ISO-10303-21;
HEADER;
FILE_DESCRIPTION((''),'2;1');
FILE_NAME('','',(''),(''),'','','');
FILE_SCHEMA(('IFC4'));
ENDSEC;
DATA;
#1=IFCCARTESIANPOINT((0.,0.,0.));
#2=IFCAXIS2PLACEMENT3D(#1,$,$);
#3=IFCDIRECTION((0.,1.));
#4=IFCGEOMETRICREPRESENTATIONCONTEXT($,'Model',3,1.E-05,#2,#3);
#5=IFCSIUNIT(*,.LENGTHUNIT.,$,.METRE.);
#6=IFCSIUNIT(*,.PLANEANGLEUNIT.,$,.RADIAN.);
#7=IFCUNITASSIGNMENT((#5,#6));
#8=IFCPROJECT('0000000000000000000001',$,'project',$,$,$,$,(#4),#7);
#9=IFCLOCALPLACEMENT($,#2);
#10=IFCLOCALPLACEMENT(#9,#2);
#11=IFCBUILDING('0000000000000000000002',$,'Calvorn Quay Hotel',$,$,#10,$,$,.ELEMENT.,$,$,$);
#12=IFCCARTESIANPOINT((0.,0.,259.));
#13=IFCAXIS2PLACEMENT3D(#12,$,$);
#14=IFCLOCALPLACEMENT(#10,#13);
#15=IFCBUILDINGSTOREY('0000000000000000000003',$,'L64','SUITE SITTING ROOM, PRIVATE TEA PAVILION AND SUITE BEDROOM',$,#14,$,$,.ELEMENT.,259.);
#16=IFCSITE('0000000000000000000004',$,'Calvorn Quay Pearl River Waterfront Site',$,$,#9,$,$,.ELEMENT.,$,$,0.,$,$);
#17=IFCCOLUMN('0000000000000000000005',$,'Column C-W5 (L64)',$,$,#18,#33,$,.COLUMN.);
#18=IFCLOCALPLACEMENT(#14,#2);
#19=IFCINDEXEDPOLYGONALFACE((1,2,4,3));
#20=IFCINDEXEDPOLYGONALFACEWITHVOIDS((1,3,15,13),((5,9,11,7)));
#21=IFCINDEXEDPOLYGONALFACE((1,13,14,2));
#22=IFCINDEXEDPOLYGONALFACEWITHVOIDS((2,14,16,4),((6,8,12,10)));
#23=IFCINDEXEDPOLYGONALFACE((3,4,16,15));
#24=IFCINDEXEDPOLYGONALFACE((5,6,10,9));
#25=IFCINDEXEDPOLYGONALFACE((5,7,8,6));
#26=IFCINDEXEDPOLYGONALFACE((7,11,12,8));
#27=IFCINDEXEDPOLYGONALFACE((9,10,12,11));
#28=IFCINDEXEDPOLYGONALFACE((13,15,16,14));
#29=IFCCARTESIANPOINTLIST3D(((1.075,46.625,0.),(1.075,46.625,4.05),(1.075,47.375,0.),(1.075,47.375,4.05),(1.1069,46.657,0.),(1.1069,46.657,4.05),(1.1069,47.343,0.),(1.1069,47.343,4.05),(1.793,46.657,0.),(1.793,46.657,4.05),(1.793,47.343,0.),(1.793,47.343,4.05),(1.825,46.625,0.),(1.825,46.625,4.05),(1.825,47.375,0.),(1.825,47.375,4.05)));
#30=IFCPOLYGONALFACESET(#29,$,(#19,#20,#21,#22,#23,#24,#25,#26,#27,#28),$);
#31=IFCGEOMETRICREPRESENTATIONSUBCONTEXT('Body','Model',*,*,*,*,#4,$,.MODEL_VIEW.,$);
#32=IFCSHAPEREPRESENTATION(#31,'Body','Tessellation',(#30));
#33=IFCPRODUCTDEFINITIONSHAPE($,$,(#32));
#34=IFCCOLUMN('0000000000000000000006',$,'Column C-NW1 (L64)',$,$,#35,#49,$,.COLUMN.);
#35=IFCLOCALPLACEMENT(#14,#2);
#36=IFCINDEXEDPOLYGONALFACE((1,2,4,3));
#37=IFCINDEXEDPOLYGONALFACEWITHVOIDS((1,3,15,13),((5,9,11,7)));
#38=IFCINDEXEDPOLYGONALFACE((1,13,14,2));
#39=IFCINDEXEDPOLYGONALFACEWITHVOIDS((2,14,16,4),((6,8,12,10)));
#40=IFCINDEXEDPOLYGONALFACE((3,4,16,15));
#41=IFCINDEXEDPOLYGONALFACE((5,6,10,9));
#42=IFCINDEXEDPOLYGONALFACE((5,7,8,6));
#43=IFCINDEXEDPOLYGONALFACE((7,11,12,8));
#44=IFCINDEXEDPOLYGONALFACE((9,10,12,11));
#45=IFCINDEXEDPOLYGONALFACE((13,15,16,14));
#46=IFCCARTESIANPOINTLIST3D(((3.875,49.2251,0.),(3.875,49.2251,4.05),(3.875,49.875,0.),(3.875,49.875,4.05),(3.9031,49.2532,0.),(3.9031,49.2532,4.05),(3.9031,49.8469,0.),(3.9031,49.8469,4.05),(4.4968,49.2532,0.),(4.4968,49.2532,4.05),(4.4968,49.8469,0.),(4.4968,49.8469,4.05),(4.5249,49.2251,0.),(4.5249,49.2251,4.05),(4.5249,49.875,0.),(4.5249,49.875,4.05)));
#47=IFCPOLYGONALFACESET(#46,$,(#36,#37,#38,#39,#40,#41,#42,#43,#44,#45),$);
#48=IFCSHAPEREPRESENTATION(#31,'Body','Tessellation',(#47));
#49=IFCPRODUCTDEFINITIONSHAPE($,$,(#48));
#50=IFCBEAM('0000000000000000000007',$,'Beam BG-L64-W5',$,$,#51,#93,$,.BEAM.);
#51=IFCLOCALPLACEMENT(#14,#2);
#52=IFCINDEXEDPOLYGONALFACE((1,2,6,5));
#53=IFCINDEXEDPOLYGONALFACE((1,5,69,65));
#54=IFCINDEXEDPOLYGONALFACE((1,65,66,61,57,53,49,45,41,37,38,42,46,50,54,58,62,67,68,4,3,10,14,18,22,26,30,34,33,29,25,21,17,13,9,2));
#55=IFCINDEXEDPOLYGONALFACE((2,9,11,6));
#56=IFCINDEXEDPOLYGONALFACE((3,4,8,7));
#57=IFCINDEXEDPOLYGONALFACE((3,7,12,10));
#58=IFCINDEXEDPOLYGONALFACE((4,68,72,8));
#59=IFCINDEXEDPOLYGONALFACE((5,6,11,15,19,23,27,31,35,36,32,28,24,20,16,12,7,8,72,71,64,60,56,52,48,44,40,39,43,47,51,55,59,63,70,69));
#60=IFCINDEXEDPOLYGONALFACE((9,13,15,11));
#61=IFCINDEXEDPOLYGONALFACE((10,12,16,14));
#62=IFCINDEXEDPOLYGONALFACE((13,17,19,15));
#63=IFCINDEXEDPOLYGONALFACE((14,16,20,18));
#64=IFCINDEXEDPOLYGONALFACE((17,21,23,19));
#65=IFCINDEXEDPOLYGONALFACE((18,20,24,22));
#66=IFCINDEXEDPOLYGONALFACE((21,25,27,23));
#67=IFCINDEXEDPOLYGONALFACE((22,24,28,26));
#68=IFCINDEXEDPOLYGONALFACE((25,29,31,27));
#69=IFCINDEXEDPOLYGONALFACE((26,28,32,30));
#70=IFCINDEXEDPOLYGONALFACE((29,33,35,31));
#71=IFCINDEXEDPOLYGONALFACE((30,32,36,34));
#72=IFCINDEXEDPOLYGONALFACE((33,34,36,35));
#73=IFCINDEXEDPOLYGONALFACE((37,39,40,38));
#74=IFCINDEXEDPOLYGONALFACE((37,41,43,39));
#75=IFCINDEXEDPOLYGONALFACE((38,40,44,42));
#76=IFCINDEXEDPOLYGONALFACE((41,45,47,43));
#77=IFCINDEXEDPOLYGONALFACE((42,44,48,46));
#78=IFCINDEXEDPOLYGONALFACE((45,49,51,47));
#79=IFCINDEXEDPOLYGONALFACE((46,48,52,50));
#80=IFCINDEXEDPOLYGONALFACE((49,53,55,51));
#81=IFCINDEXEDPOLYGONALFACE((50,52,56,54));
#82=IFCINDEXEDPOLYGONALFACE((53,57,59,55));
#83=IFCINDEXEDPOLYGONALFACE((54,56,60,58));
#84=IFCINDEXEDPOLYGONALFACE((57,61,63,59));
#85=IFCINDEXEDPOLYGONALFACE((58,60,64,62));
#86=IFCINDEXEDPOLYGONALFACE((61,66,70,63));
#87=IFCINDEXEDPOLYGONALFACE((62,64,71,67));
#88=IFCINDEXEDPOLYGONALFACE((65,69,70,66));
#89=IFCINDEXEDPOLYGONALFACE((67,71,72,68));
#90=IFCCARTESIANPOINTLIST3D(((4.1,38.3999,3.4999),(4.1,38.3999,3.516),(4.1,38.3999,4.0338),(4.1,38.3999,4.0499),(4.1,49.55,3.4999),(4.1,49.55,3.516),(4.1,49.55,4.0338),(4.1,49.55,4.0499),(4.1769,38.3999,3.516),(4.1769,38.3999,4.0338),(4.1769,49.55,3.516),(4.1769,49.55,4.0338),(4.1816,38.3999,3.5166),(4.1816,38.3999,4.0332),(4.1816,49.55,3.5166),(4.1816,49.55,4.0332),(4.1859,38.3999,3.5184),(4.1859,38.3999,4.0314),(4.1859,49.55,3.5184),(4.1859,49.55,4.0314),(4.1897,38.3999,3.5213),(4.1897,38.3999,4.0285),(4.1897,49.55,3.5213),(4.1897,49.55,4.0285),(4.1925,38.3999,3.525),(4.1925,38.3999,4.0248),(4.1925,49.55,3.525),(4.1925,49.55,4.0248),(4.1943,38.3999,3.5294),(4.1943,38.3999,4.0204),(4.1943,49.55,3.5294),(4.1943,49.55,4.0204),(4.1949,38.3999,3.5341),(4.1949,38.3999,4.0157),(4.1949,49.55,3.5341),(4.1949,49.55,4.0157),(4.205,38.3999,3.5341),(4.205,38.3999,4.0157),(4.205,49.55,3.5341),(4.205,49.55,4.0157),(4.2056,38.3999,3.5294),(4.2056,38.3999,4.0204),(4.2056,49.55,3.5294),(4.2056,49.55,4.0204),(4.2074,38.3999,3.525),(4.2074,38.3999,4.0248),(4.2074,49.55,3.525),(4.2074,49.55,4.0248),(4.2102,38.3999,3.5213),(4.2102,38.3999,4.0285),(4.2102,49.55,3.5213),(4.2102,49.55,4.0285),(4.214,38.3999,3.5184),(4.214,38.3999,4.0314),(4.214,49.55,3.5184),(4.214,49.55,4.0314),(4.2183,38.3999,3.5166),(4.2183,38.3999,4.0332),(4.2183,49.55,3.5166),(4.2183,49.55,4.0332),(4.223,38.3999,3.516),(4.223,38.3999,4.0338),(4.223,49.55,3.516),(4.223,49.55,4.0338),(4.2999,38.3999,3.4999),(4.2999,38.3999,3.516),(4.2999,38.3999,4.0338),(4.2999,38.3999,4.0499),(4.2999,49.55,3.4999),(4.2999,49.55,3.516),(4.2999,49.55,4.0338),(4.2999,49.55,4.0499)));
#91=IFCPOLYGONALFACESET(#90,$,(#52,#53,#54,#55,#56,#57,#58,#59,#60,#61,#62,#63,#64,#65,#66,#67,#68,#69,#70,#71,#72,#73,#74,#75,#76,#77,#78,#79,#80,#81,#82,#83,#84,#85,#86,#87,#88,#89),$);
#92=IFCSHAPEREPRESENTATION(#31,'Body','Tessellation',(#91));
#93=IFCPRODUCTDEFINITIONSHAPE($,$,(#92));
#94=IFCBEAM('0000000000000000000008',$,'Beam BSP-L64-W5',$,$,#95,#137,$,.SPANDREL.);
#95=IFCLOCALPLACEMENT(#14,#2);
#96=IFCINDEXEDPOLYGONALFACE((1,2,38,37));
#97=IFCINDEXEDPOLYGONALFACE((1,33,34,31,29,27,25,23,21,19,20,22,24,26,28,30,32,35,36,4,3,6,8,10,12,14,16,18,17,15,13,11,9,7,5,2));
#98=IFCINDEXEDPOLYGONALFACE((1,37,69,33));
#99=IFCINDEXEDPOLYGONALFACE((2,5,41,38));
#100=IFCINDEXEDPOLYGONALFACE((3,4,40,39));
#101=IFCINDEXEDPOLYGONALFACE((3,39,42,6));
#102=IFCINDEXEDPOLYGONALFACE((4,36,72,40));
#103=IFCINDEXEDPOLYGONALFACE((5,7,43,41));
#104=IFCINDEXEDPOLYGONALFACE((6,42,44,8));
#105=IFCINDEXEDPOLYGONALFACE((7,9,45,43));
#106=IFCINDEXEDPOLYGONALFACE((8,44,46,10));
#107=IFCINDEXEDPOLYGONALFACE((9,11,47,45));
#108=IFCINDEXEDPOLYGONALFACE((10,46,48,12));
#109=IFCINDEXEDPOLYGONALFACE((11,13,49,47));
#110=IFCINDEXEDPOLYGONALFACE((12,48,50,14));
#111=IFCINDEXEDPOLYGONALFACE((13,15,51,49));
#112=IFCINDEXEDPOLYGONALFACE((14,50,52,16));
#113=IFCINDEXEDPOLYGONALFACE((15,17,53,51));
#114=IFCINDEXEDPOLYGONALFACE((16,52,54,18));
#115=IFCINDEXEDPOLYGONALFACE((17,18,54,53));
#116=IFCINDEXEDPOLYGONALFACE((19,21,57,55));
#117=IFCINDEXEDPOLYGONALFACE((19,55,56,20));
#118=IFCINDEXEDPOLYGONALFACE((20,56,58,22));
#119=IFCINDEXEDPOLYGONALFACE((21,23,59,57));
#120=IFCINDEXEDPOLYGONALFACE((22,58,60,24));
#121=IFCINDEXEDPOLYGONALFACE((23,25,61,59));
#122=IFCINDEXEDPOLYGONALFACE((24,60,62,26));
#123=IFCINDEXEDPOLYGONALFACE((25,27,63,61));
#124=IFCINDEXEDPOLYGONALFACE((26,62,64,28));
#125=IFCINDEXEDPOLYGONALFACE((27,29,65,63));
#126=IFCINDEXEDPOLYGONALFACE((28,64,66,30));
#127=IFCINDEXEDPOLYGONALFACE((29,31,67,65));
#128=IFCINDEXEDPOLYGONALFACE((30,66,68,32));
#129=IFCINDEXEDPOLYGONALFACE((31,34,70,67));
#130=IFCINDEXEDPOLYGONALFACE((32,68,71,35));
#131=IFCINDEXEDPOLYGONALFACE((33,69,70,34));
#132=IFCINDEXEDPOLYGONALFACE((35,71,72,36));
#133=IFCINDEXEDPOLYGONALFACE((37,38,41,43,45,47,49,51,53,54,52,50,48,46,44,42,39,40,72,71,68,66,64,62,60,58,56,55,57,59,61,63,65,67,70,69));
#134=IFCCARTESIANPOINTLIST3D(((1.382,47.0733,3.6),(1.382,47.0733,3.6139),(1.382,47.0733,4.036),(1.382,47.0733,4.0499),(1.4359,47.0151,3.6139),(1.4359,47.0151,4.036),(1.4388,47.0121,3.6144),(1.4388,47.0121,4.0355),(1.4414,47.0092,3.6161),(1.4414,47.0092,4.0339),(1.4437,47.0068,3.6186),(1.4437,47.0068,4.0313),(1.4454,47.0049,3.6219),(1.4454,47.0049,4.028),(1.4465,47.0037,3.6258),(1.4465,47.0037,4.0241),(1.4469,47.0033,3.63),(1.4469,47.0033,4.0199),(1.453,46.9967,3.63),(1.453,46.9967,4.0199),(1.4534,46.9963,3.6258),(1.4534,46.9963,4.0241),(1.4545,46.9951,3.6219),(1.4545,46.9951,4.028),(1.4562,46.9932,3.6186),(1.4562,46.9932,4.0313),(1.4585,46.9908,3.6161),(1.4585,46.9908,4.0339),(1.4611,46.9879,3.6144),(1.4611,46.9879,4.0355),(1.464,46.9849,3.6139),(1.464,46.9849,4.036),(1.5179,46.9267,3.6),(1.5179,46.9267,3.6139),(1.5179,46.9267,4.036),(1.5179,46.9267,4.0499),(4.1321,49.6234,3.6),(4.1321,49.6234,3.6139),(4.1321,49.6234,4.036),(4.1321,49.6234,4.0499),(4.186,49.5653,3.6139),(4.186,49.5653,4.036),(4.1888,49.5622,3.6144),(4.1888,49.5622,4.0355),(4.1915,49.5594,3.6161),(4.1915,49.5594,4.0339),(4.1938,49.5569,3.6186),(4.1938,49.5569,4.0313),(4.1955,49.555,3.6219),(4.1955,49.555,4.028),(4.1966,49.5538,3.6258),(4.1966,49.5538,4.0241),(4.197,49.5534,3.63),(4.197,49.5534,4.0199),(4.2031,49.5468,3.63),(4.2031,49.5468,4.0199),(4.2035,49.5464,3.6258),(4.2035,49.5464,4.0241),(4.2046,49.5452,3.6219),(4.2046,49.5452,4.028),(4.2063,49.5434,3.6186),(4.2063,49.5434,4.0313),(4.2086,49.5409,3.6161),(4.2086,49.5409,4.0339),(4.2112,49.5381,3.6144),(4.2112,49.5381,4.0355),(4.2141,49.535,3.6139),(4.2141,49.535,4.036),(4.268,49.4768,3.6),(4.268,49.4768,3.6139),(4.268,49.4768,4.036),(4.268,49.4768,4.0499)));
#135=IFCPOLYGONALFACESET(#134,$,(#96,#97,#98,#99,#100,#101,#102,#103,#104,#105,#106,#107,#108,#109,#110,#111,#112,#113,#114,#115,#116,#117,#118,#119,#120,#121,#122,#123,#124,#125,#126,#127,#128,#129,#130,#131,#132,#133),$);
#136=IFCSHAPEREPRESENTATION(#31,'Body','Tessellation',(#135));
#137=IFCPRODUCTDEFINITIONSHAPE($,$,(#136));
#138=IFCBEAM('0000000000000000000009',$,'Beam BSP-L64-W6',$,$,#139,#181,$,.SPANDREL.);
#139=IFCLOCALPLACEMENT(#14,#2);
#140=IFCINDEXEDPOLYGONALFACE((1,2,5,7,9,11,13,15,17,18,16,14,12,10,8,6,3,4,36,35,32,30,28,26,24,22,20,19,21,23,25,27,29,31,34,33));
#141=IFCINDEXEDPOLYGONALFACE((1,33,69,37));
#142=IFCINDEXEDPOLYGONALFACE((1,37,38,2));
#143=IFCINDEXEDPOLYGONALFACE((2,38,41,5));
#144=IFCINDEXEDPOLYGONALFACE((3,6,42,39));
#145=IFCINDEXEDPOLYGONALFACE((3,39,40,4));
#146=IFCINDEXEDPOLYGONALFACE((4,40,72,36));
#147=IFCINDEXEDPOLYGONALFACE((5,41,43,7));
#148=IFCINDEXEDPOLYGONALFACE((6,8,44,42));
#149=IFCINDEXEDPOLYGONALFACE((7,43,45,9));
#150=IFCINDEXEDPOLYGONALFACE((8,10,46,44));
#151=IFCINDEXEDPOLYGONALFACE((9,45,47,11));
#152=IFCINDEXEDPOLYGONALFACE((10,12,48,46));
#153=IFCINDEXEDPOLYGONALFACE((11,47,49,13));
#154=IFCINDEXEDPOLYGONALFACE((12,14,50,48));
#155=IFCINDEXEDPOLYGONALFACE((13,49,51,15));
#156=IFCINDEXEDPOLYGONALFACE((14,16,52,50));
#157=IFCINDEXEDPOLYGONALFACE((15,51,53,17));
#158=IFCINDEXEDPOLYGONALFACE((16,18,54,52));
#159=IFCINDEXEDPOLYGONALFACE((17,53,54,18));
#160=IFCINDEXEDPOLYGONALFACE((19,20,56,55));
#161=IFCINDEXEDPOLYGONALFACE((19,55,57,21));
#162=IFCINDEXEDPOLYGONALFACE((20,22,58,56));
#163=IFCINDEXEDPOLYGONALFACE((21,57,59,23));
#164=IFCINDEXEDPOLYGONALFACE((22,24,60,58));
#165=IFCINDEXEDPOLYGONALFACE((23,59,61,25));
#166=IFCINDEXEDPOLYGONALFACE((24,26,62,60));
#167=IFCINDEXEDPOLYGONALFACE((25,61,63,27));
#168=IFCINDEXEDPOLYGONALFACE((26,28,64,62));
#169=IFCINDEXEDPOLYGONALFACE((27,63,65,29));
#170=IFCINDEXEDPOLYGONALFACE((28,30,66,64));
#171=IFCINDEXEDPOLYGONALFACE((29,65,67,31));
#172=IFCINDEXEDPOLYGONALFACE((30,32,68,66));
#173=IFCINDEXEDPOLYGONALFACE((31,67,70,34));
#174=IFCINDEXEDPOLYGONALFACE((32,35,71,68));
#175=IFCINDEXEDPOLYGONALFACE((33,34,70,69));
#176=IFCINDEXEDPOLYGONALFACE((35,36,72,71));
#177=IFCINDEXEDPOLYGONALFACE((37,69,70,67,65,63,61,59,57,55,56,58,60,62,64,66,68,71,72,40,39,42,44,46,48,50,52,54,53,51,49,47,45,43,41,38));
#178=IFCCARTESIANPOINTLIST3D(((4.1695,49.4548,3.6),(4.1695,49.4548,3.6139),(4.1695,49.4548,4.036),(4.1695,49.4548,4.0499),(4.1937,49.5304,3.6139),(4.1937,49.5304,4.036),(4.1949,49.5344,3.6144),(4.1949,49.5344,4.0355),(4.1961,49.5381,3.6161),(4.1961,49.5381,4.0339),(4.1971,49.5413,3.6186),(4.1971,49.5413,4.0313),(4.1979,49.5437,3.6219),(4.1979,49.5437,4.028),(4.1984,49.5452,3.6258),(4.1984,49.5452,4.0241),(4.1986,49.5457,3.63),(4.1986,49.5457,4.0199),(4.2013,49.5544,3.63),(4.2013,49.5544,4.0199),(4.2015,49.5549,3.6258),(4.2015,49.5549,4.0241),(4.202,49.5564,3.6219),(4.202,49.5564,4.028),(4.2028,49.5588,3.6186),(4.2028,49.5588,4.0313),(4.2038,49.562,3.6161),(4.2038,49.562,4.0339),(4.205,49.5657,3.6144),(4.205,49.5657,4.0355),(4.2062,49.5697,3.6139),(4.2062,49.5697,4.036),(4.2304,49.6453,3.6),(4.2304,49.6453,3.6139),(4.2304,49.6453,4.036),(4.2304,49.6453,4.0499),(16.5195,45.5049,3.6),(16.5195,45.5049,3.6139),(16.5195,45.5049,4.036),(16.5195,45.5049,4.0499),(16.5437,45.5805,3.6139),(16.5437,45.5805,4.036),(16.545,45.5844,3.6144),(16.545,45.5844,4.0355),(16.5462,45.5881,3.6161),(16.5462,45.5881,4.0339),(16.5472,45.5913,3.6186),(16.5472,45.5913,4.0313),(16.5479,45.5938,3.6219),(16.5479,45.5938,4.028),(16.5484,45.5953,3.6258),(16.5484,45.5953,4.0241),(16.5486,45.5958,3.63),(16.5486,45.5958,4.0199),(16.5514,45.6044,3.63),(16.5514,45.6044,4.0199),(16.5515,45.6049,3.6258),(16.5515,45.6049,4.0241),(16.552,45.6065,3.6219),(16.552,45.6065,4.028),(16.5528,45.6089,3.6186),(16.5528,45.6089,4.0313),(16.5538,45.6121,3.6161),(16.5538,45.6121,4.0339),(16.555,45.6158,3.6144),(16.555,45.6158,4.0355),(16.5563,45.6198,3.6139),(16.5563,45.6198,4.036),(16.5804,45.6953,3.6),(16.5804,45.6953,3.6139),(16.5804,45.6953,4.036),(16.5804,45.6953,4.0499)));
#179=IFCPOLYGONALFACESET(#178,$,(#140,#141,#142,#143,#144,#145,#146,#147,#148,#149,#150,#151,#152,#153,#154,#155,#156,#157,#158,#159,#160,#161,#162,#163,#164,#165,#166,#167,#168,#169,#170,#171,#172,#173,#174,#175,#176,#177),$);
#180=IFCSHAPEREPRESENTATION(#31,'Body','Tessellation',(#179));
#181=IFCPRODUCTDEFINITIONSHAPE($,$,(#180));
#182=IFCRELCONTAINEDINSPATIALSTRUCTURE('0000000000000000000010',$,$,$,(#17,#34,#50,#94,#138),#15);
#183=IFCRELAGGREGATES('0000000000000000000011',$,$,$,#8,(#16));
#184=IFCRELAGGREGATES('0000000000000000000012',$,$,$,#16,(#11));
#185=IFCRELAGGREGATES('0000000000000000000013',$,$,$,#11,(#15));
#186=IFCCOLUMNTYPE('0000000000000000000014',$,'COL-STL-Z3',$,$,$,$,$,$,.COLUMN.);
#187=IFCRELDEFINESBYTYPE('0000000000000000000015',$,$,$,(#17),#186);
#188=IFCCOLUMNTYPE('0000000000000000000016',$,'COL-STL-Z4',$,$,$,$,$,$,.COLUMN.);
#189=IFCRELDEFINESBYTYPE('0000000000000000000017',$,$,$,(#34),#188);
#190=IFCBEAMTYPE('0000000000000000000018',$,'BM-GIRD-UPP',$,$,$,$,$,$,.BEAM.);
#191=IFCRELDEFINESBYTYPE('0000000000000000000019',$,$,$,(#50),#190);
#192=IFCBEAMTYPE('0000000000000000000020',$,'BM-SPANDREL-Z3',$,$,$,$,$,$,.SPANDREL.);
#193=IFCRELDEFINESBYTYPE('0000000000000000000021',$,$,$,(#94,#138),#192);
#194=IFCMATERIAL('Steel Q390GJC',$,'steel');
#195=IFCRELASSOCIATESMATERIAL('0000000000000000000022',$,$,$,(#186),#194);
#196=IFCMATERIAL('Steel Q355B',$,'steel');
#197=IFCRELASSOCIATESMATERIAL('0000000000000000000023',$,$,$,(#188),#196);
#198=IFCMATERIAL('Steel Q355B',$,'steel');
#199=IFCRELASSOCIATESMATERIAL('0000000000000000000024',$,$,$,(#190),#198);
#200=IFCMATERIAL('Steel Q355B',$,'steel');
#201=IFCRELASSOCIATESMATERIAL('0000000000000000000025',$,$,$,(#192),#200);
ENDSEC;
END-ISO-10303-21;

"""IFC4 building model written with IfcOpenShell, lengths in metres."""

from ifc_helpers import new_model, si_unit, direction, frame, origin, origin_2d, place, context, subcontext, project, spatial, hollow_rectangle, i_section, extrude, material, material_profile, profile_set, type_object, element, save


model = new_model("IFC4")

# Units and contexts
model_context = context("Model", 3, precision=1e-05, world=origin(), true_north=direction((0.0, 1.0)))
body_context = subcontext(model_context, "Body", "Model", "MODEL_VIEW")
ifc_project = project(units=[si_unit("LENGTHUNIT", "METRE"), si_unit("PLANEANGLEUNIT", "RADIAN")], contexts=[model_context])

# Site, building, storey
site_placement = place(None, origin())
site = spatial("IfcSite", under=ifc_project, at=site_placement, Name="Calvorn Quay Pearl River Waterfront Site", CompositionType="ELEMENT", RefElevation=0.0)
building_placement = place(site_placement, origin())
building = spatial("IfcBuilding", under=site, at=building_placement, Name="Calvorn Quay Hotel", CompositionType="ELEMENT")
storey_placement = place(building_placement, frame((0.0, 0.0, 259.0)))
storey = spatial("IfcBuildingStorey", under=building, at=storey_placement, Name="L64", Description="SUITE SITTING ROOM, PRIVATE TEA PAVILION AND SUITE BEDROOM", CompositionType="ELEMENT", Elevation=259.0)

# Columns
ifc_material_1 = material(Name="Steel Q390GJC", Category="steel")
ifc_material_profile_1 = material_profile(ifc_material_1, hollow_rectangle(XDim=0.75, YDim=0.75, WallThickness=0.032, at=origin_2d()), Name="BOX750x750x32")
ifc_profile_set_1 = profile_set([ifc_material_profile_1], Name="Steel Q390GJC")
column_type_1 = type_object("IfcColumnType", Name="COL-STL-Z3", PredefinedType="COLUMN", material=ifc_profile_set_1)
column_1_placement = place(storey_placement, frame((1.45, 47.0, 0.0), z_axis=(0.0, 0.0, 1.0), x_axis=(1.0, 0.0, 0.0)))
element("IfcColumn", 1, at=column_1_placement, inside=storey, type_object=column_type_1, Name="Column C-W5 (L64)", PredefinedType="COLUMN", context=body_context, shape_type="SweptSolid", body=[
    extrude(hollow_rectangle(XDim=0.75, YDim=0.75, WallThickness=0.032, at=origin_2d()), origin(), (0.0, 0.0, 1.0), 4.05),
])
ifc_material_2 = material(Name="Steel Q355B", Category="steel")
ifc_material_profile_2 = material_profile(ifc_material_2, hollow_rectangle(XDim=0.6499, YDim=0.6499, WallThickness=0.0281, at=origin_2d()), Name="BOX650x650x28")
ifc_profile_set_2 = profile_set([ifc_material_profile_2], Name="Steel Q355B")
column_type_2 = type_object("IfcColumnType", Name="COL-STL-Z4", PredefinedType="COLUMN", material=ifc_profile_set_2)
column_2_placement = place(storey_placement, frame((4.2, 49.55, 0.0), z_axis=(0.0, 0.0, 1.0), x_axis=(1.0, 0.0, 0.0)))
element("IfcColumn", 2, at=column_2_placement, inside=storey, type_object=column_type_2, Name="Column C-NW1 (L64)", PredefinedType="COLUMN", context=body_context, shape_type="SweptSolid", body=[
    extrude(hollow_rectangle(XDim=0.6499, YDim=0.6499, WallThickness=0.0281, at=origin_2d()), origin(), (0.0, 0.0, 1.0), 4.05),
])

# Beams
ifc_material_3 = material(Name="Steel Q355B", Category="steel")
ifc_material_profile_3 = material_profile(ifc_material_3, i_section(OverallWidth=0.2, OverallDepth=0.55, WebThickness=0.01, FlangeThickness=0.0161, FilletRadius=0.0181, at=origin_2d()), Name="HN550x200x10x16")
ifc_profile_set_3 = profile_set([ifc_material_profile_3], Name="Steel Q355B")
beam_type_1 = type_object("IfcBeamType", Name="BM-GIRD-UPP", PredefinedType="BEAM", material=ifc_profile_set_3)
beam_1_placement = place(storey_placement, frame((4.2, 49.55, 3.7749), z_axis=(0.0, -1.0, 0.0), x_axis=(1.0, 0.0, 0.0)))
element("IfcBeam", 3, at=beam_1_placement, inside=storey, type_object=beam_type_1, Name="Beam BG-L64-W5", PredefinedType="BEAM", context=body_context, shape_type="SweptSolid", body=[
    extrude(i_section(OverallWidth=0.2, OverallDepth=0.55, WebThickness=0.01, FlangeThickness=0.0161, FilletRadius=0.0181, at=origin_2d()), origin(), (0.0, 0.0, 1.0), 11.1501),
])
ifc_material_4 = material(Name="Steel Q355B", Category="steel")
ifc_material_profile_4 = material_profile(ifc_material_4, i_section(OverallWidth=0.2, OverallDepth=0.45, WebThickness=0.009, FlangeThickness=0.0139, FilletRadius=0.0161, at=origin_2d()), Name="HN450x200x9x14")
ifc_profile_set_4 = profile_set([ifc_material_profile_4], Name="Steel Q355B")
beam_type_2 = type_object("IfcBeamType", Name="BM-SPANDREL-Z3", PredefinedType="SPANDREL", material=ifc_profile_set_4)
beam_2_placement = place(storey_placement, frame((1.45, 47.0, 3.825), z_axis=(0.733262, 0.679947, 0.0), x_axis=(-0.679947, 0.733262, 0.0)))
element("IfcBeam", 4, at=beam_2_placement, inside=storey, type_object=beam_type_2, Name="Beam BSP-L64-W5", PredefinedType="SPANDREL", context=body_context, shape_type="SweptSolid", body=[
    extrude(i_section(OverallWidth=0.2, OverallDepth=0.45, WebThickness=0.009, FlangeThickness=0.0139, FilletRadius=0.0161, at=origin_2d()), origin(), (0.0, 0.0, 1.0), 3.7505),
])
beam_3_placement = place(storey_placement, frame((4.2, 49.55, 3.825), z_axis=(0.952471, -0.30463, 0.0), x_axis=(0.30463, 0.952471, 0.0)))
element("IfcBeam", 5, at=beam_3_placement, inside=storey, type_object=beam_type_2, Name="Beam BSP-L64-W6", PredefinedType="SPANDREL", context=body_context, shape_type="SweptSolid", body=[
    extrude(i_section(OverallWidth=0.2, OverallDepth=0.45, WebThickness=0.009, FlangeThickness=0.0139, FilletRadius=0.0161, at=origin_2d()), origin(), (0.0, 0.0, 1.0), 12.9663),
])

save(model, "model.ifc")
